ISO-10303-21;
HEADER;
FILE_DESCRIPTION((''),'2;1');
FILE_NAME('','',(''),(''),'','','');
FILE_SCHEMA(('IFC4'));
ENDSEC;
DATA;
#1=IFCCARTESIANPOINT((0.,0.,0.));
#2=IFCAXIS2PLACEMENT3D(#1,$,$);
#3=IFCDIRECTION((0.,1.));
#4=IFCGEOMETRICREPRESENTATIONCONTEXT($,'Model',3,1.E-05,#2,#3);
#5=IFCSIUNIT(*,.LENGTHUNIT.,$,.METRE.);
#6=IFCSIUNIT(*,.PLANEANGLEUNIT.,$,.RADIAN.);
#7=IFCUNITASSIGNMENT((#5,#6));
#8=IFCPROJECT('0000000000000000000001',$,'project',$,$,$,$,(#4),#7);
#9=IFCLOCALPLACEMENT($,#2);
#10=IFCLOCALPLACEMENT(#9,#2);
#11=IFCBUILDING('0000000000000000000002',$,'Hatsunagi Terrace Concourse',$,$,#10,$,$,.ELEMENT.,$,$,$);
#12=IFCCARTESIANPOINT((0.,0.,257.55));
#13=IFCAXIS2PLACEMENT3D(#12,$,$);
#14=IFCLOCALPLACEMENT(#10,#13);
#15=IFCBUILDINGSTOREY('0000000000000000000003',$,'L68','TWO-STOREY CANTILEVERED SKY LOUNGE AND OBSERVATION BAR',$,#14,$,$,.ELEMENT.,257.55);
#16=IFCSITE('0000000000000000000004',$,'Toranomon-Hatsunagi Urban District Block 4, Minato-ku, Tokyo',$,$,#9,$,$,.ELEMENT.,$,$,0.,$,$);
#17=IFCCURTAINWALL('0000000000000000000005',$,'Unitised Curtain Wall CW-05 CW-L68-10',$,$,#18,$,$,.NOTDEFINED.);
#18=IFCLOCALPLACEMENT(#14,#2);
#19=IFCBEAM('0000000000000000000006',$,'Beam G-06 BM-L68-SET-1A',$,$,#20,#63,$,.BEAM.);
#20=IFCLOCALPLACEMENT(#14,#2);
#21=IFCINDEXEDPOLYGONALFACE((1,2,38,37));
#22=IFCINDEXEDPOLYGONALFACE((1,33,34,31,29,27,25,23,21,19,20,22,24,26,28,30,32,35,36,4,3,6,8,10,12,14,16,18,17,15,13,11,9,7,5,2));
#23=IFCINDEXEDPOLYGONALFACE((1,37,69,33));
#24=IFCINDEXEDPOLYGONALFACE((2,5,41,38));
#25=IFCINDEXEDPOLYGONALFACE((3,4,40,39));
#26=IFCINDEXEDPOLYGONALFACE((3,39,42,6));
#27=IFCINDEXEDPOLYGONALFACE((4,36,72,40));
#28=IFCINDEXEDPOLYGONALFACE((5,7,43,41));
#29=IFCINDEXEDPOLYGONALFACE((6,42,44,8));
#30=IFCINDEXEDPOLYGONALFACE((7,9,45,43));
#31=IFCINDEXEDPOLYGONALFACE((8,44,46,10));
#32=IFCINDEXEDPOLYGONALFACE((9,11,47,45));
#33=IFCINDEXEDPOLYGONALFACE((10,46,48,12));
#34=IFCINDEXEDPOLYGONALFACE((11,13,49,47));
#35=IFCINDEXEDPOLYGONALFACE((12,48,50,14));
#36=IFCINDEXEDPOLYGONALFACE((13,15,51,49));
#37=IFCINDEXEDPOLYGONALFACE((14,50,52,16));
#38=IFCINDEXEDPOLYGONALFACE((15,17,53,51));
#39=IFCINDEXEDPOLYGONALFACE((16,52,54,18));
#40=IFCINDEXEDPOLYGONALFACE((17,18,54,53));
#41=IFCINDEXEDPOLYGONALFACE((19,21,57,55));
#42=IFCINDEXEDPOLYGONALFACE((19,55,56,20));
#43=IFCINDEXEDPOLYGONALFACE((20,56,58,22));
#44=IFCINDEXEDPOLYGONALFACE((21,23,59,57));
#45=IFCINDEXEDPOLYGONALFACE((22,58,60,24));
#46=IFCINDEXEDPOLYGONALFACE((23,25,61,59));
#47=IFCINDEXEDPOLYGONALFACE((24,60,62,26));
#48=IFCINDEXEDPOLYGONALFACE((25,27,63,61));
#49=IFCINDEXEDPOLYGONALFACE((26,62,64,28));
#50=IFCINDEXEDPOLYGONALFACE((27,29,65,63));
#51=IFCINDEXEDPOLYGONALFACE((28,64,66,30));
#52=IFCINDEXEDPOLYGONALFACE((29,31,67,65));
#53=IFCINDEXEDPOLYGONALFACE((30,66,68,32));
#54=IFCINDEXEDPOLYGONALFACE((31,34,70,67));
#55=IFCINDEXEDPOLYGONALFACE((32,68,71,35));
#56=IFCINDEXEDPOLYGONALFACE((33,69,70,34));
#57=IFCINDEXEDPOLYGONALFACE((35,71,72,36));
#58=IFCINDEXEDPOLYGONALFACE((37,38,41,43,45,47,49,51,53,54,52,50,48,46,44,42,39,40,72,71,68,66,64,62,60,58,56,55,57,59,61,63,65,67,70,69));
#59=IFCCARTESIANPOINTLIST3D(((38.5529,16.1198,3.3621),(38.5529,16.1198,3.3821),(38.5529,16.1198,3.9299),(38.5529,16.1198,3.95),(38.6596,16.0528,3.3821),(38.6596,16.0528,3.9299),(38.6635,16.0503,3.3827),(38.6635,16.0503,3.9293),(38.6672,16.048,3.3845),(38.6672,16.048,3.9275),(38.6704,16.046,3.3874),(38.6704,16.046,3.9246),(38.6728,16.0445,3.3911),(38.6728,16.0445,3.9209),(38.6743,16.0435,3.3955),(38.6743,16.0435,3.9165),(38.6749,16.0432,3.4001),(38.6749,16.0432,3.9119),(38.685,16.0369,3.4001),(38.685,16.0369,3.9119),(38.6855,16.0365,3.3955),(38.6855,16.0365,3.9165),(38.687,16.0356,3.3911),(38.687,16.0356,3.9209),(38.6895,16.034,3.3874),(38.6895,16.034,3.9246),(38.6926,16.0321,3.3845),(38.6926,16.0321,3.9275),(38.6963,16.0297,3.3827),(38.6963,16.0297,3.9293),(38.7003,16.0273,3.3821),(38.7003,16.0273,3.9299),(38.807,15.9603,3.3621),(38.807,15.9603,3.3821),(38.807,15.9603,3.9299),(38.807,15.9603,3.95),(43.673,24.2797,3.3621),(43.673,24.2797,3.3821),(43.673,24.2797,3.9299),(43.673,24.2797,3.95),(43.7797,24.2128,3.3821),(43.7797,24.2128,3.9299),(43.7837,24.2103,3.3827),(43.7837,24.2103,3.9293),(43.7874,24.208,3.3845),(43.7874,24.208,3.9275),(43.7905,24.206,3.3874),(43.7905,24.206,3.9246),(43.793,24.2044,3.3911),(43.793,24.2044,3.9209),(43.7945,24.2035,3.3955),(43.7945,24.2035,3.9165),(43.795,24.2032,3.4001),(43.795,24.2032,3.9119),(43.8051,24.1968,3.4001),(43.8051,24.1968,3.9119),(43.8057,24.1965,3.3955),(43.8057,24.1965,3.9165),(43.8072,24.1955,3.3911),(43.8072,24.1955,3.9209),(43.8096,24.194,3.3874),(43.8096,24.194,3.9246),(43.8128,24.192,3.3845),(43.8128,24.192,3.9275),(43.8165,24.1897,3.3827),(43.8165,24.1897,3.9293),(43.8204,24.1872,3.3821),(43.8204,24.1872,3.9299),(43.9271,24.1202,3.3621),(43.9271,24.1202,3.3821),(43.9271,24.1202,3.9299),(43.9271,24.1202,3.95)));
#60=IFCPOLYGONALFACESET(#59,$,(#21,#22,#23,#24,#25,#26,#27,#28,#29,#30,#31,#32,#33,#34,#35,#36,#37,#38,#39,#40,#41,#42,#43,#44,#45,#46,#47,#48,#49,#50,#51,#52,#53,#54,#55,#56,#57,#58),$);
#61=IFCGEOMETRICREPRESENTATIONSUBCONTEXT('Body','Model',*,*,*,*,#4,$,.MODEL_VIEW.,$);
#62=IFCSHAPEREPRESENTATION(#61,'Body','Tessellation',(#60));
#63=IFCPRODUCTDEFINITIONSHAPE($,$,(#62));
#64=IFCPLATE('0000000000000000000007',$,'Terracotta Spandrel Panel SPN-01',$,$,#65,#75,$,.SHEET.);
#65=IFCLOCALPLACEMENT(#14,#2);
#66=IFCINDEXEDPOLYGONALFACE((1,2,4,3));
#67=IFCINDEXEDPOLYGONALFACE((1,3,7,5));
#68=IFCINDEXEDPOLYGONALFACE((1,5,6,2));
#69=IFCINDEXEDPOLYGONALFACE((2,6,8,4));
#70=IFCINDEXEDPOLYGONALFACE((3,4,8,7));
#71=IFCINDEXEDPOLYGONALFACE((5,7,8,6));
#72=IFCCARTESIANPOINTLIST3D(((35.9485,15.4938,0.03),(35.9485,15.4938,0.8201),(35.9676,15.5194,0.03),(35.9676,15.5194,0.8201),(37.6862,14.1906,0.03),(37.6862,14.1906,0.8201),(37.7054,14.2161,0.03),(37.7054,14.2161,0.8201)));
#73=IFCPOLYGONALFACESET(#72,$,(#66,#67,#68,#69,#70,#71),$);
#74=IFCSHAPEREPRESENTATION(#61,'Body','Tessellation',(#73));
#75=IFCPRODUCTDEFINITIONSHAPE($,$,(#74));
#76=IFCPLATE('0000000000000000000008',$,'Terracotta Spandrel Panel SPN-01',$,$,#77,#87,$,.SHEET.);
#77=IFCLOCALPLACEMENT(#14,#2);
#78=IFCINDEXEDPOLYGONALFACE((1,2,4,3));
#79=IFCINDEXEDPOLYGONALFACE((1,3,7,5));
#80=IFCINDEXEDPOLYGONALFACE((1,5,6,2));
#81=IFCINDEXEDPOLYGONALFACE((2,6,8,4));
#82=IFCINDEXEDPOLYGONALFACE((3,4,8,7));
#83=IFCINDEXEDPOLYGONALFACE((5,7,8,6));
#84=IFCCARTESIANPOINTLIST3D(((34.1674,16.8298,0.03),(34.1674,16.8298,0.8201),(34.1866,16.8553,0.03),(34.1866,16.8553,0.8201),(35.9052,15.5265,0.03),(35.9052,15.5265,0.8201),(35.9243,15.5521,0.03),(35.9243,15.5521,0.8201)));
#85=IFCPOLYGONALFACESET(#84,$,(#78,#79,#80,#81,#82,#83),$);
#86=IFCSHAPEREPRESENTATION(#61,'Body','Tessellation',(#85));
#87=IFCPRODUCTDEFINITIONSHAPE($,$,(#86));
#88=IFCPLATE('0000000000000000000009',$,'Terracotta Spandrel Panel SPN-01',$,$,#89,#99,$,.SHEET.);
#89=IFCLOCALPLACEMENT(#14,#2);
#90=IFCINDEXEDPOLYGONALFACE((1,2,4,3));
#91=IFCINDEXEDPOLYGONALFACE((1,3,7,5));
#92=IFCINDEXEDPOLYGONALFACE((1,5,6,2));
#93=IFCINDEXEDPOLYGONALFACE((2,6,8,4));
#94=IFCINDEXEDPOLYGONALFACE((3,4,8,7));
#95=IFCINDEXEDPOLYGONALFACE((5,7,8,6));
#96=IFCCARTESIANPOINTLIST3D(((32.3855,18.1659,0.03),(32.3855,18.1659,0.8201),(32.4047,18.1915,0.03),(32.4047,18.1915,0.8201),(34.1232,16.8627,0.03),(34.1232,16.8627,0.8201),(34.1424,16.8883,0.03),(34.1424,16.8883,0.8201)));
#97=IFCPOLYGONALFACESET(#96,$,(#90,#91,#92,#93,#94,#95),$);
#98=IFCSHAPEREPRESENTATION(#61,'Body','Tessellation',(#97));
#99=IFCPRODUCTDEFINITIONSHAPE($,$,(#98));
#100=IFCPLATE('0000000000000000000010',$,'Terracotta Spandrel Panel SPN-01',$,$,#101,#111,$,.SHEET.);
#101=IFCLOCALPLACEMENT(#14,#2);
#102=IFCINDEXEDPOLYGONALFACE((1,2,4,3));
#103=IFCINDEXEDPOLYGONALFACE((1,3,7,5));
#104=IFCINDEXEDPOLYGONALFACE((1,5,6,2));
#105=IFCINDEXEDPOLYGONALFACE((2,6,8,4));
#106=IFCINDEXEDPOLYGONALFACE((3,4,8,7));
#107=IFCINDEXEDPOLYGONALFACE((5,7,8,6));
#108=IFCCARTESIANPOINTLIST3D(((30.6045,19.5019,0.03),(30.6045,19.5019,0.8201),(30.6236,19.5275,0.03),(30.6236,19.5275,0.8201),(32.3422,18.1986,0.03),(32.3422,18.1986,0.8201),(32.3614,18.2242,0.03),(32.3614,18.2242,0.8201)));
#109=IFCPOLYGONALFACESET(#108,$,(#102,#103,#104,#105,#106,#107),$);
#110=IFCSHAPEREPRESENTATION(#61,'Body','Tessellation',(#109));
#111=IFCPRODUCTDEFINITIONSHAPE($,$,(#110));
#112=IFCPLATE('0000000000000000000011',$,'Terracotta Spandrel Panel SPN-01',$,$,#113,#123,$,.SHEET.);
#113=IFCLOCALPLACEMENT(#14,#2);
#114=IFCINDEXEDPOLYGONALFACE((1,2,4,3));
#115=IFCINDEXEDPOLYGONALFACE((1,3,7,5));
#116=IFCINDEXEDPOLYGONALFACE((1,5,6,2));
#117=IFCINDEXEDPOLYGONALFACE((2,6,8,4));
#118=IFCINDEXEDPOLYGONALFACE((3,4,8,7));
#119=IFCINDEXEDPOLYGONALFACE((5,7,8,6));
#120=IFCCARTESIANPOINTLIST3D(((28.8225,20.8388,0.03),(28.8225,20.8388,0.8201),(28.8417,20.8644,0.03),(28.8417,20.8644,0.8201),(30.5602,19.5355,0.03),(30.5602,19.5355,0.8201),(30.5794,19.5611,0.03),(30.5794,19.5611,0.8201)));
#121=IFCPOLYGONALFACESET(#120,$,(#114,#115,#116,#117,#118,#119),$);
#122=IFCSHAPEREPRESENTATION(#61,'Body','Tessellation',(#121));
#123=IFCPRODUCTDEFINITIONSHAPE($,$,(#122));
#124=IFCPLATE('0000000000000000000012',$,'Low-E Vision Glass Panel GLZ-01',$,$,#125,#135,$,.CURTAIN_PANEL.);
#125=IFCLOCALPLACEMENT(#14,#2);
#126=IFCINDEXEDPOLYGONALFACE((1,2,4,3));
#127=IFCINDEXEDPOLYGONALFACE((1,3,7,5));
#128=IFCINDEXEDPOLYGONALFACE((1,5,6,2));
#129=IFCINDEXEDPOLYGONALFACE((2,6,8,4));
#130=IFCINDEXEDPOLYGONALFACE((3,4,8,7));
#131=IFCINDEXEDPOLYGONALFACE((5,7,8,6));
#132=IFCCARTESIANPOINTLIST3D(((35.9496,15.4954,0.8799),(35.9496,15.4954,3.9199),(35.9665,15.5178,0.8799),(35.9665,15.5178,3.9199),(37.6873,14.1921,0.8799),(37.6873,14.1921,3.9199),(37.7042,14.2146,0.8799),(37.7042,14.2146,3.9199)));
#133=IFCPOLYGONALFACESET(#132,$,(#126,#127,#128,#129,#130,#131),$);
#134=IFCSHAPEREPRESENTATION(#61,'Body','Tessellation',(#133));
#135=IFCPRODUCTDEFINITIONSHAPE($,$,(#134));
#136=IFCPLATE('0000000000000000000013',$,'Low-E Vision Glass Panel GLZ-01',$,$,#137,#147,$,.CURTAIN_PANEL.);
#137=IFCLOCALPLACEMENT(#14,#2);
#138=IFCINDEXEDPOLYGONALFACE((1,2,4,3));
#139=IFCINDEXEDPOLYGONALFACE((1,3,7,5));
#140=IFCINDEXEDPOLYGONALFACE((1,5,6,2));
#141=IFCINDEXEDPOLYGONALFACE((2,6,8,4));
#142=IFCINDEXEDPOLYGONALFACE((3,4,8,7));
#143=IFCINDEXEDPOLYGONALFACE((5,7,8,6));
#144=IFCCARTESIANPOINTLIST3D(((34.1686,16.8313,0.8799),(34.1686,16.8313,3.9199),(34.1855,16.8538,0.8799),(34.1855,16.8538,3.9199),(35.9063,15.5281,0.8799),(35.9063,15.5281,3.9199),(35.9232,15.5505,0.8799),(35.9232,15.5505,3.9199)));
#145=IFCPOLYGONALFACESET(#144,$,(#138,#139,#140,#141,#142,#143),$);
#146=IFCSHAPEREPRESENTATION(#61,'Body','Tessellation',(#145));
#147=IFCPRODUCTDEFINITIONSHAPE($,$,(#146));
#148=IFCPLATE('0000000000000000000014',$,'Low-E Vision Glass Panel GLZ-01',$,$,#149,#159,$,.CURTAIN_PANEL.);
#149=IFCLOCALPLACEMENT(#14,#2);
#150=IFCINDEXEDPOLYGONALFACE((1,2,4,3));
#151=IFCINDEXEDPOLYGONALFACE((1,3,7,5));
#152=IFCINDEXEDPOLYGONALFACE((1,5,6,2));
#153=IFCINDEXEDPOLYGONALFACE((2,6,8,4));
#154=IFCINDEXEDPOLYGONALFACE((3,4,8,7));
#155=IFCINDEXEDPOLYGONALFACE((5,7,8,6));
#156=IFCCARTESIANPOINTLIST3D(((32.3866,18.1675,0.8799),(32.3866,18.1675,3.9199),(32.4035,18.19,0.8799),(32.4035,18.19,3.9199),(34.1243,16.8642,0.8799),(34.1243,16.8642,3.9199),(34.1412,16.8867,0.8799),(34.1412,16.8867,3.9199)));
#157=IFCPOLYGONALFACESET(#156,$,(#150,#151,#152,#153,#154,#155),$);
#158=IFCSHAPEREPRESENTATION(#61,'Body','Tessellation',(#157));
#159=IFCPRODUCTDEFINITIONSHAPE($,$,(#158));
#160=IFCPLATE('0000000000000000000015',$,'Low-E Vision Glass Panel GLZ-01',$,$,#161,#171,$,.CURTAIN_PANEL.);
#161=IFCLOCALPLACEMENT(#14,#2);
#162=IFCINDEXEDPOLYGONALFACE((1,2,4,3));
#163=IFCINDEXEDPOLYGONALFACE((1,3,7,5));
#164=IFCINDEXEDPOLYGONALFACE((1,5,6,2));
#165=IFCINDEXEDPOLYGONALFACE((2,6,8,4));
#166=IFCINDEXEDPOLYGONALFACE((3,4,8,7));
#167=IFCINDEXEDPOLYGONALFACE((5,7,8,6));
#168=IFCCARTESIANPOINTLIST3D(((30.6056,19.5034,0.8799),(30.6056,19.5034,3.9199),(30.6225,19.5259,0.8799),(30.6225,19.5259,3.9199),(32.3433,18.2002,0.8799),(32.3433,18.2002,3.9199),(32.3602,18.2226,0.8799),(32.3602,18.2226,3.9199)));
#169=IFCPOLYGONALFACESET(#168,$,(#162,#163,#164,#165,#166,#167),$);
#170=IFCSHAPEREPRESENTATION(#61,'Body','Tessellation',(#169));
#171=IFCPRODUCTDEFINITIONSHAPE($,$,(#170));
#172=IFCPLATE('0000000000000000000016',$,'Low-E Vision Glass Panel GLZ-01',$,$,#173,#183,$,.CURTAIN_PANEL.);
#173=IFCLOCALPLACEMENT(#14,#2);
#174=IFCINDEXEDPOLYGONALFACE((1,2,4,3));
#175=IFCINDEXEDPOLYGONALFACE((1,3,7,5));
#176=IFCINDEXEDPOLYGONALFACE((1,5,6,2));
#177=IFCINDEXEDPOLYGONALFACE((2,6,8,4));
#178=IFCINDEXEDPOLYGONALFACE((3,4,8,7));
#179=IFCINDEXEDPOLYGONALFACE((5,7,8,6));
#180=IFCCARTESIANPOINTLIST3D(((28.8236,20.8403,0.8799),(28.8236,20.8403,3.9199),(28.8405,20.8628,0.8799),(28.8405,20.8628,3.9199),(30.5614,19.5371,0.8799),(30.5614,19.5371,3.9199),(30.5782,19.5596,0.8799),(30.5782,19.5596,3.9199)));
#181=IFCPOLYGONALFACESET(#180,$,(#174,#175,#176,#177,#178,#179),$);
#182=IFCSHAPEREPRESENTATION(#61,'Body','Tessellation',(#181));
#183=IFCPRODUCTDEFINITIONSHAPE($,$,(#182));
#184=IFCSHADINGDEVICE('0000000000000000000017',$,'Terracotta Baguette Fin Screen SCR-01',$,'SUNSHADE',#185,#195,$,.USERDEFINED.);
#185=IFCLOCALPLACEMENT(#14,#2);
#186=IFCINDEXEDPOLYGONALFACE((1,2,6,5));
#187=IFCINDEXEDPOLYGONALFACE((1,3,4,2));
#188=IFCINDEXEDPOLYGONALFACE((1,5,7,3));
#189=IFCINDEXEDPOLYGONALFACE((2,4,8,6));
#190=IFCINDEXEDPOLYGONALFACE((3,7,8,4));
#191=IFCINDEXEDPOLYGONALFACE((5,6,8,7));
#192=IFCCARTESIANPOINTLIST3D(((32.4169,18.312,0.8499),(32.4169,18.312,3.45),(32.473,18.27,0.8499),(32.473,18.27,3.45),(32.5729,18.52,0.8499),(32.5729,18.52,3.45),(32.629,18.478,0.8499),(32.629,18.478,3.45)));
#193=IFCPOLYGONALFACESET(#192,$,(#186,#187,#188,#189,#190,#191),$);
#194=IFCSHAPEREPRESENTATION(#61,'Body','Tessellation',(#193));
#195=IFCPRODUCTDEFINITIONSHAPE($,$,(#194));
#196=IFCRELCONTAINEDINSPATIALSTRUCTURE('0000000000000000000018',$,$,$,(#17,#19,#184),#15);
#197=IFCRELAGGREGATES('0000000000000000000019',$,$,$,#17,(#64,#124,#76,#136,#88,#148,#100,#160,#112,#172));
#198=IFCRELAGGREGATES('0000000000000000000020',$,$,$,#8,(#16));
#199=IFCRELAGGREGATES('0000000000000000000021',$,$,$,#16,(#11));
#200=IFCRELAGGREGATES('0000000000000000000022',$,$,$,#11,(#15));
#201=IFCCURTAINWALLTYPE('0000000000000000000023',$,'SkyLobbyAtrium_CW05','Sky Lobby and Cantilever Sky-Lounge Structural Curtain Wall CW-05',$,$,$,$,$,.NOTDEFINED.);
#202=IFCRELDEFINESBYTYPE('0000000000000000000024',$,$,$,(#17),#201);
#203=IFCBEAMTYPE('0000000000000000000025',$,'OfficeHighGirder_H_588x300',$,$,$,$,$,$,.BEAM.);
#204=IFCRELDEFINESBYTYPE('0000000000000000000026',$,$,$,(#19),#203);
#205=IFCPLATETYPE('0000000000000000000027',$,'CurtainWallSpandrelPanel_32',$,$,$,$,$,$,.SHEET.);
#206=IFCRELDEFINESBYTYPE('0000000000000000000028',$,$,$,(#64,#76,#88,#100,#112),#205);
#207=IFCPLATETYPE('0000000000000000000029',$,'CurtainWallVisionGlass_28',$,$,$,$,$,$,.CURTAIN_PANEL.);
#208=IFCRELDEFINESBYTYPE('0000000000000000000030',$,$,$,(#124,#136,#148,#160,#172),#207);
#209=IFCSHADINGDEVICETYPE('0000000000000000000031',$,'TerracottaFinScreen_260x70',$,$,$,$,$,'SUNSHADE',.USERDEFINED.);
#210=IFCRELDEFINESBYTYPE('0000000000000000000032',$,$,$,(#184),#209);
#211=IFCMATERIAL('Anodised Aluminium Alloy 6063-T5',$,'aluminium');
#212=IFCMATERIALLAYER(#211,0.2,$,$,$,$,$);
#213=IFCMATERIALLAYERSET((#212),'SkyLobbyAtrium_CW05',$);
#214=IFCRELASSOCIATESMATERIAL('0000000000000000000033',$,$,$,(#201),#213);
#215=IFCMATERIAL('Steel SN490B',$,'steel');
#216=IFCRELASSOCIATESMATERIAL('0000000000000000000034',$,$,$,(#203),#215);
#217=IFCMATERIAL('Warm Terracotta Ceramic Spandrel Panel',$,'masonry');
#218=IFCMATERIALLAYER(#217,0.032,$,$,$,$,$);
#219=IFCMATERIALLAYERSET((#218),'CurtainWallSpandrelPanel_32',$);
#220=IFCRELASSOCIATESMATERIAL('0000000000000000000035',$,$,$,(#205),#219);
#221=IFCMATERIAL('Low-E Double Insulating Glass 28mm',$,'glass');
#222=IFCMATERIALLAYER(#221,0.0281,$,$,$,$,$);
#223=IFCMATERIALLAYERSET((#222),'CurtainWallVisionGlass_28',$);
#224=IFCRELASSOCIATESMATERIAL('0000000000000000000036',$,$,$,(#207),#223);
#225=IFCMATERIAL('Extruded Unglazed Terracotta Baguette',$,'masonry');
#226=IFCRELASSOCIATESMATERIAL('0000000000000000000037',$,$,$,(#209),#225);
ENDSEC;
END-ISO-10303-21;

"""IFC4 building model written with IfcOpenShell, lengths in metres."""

from ifc_helpers import new_model, si_unit, direction, frame, origin, origin_2d, place, context, subcontext, project, spatial, rectangle, i_section, extrude, material, layer, layer_set, material_profile, profile_set, type_object, element, aggregate, save


model = new_model("IFC4")

# Units and contexts
model_context = context("Model", 3, precision=1e-05, world=origin(), true_north=direction((0.0, 1.0)))
body_context = subcontext(model_context, "Body", "Model", "MODEL_VIEW")
ifc_project = project(units=[si_unit("LENGTHUNIT", "METRE"), si_unit("PLANEANGLEUNIT", "RADIAN")], contexts=[model_context])

# Site, building, storey
site_placement = place(None, origin())
site = spatial("IfcSite", under=ifc_project, at=site_placement, Name="Toranomon-Hatsunagi Urban District Block 4, Minato-ku, Tokyo", CompositionType="ELEMENT", RefElevation=0.0)
building_placement = place(site_placement, origin())
building = spatial("IfcBuilding", under=site, at=building_placement, Name="Hatsunagi Terrace Concourse", CompositionType="ELEMENT")
storey_placement = place(building_placement, frame((0.0, 0.0, 257.55)))
storey = spatial("IfcBuildingStorey", under=building, at=storey_placement, Name="L68", Description="TWO-STOREY CANTILEVERED SKY LOUNGE AND OBSERVATION BAR", CompositionType="ELEMENT", Elevation=257.55)

# Curtain wall
ifc_material_1 = material(Name="Anodised Aluminium Alloy 6063-T5", Category="aluminium")
ifc_layer_1 = layer(ifc_material_1, 0.2)
ifc_layer_set_1 = layer_set([ifc_layer_1], Name="SkyLobbyAtrium_CW05")
curtain_wall_type = type_object("IfcCurtainWallType", Name="SkyLobbyAtrium_CW05", Description="Sky Lobby and Cantilever Sky-Lounge Structural Curtain Wall CW-05", PredefinedType="NOTDEFINED", material=ifc_layer_set_1)
curtain_wall_placement = place(storey_placement, origin())
curtain_wall = element("IfcCurtainWall", 1, at=curtain_wall_placement, inside=storey, type_object=curtain_wall_type, Name="Unitised Curtain Wall CW-05 CW-L68-10", PredefinedType="NOTDEFINED")

# Beam
ifc_material_2 = material(Name="Steel SN490B", Category="steel")
ifc_material_profile_1 = material_profile(ifc_material_2, i_section(OverallWidth=0.3, OverallDepth=0.5879, WebThickness=0.012, FlangeThickness=0.02, FilletRadius=0.0181, at=origin_2d()), Name="H-588x300x12x20")
ifc_profile_set_1 = profile_set([ifc_material_profile_1], Name="Steel SN490B")
beam_type = type_object("IfcBeamType", Name="OfficeHighGirder_H_588x300", PredefinedType="BEAM", material=ifc_profile_set_1)
beam_placement = place(storey_placement, frame((38.6799, 16.04, 3.656), z_axis=(0.531504, 0.847056, 0.0), x_axis=(-0.847056, 0.531504, 0.0)))
element("IfcBeam", 2, at=beam_placement, inside=storey, type_object=beam_type, Name="Beam G-06 BM-L68-SET-1A", PredefinedType="BEAM", context=body_context, shape_type="SweptSolid", body=[
    extrude(i_section(OverallWidth=0.3, OverallDepth=0.5879, WebThickness=0.012, FlangeThickness=0.02, FilletRadius=0.0181, at=origin_2d()), origin(), (0.0, 0.0, 1.0), 9.6333),
])

# Plates
ifc_material_3 = material(Name="Warm Terracotta Ceramic Spandrel Panel", Category="masonry")
ifc_layer_2 = layer(ifc_material_3, 0.032)
ifc_layer_set_2 = layer_set([ifc_layer_2], Name="CurtainWallSpandrelPanel_32")
plate_type_1 = type_object("IfcPlateType", Name="CurtainWallSpandrelPanel_32", PredefinedType="SHEET", material=ifc_layer_set_2)
plate_1_placement = place(storey_placement, frame((36.8269, 14.855, 0.03), z_axis=(0.0, 0.0, 1.0), x_axis=(-0.800007, 0.59999, 0.0)))
plate_1 = element("IfcPlate", 3, at=plate_1_placement, type_object=plate_type_1, Name="Terracotta Spandrel Panel SPN-01", PredefinedType="SHEET", context=body_context, shape_type="SweptSolid", body=[
    extrude(rectangle(XDim=2.1721, YDim=0.032, at=origin_2d()), origin(), (0.0, 0.0, 1.0), 0.79),
])
plate_2_placement = place(storey_placement, frame((35.0459, 16.1909, 0.03), z_axis=(0.0, 0.0, 1.0), x_axis=(-0.800007, 0.59999, 0.0)))
plate_2 = element("IfcPlate", 4, at=plate_2_placement, type_object=plate_type_1, Name="Terracotta Spandrel Panel SPN-01", PredefinedType="SHEET", context=body_context, shape_type="SweptSolid", body=[
    extrude(rectangle(XDim=2.1721, YDim=0.032, at=origin_2d()), origin(), (0.0, 0.0, 1.0), 0.79),
])
plate_3_placement = place(storey_placement, frame((33.2639, 17.5271, 0.03), z_axis=(0.0, 0.0, 1.0), x_axis=(-0.800007, 0.59999, 0.0)))
plate_3 = element("IfcPlate", 5, at=plate_3_placement, type_object=plate_type_1, Name="Terracotta Spandrel Panel SPN-01", PredefinedType="SHEET", context=body_context, shape_type="SweptSolid", body=[
    extrude(rectangle(XDim=2.1721, YDim=0.032, at=origin_2d()), origin(), (0.0, 0.0, 1.0), 0.79),
])
plate_4_placement = place(storey_placement, frame((31.4829, 18.863, 0.03), z_axis=(0.0, 0.0, 1.0), x_axis=(-0.800007, 0.59999, 0.0)))
plate_4 = element("IfcPlate", 6, at=plate_4_placement, type_object=plate_type_1, Name="Terracotta Spandrel Panel SPN-01", PredefinedType="SHEET", context=body_context, shape_type="SweptSolid", body=[
    extrude(rectangle(XDim=2.1721, YDim=0.032, at=origin_2d()), origin(), (0.0, 0.0, 1.0), 0.79),
])
plate_5_placement = place(storey_placement, frame((29.7009, 20.2, 0.03), z_axis=(0.0, 0.0, 1.0), x_axis=(-0.800007, 0.59999, 0.0)))
plate_5 = element("IfcPlate", 7, at=plate_5_placement, type_object=plate_type_1, Name="Terracotta Spandrel Panel SPN-01", PredefinedType="SHEET", context=body_context, shape_type="SweptSolid", body=[
    extrude(rectangle(XDim=2.1721, YDim=0.032, at=origin_2d()), origin(), (0.0, 0.0, 1.0), 0.79),
])
ifc_material_4 = material(Name="Low-E Double Insulating Glass 28mm", Category="glass")
ifc_layer_3 = layer(ifc_material_4, 0.0281)
ifc_layer_set_3 = layer_set([ifc_layer_3], Name="CurtainWallVisionGlass_28")
plate_type_2 = type_object("IfcPlateType", Name="CurtainWallVisionGlass_28", PredefinedType="CURTAIN_PANEL", material=ifc_layer_set_3)
plate_6_placement = place(storey_placement, frame((36.8269, 14.855, 0.8799), z_axis=(0.0, 0.0, 1.0), x_axis=(-0.800007, 0.59999, 0.0)))
plate_6 = element("IfcPlate", 8, at=plate_6_placement, type_object=plate_type_2, Name="Low-E Vision Glass Panel GLZ-01", PredefinedType="CURTAIN_PANEL", context=body_context, shape_type="SweptSolid", body=[
    extrude(rectangle(XDim=2.1721, YDim=0.0281, at=origin_2d()), origin(), (0.0, 0.0, 1.0), 3.04),
])
plate_7_placement = place(storey_placement, frame((35.0459, 16.1909, 0.8799), z_axis=(0.0, 0.0, 1.0), x_axis=(-0.800007, 0.59999, 0.0)))
plate_7 = element("IfcPlate", 9, at=plate_7_placement, type_object=plate_type_2, Name="Low-E Vision Glass Panel GLZ-01", PredefinedType="CURTAIN_PANEL", context=body_context, shape_type="SweptSolid", body=[
    extrude(rectangle(XDim=2.1721, YDim=0.0281, at=origin_2d()), origin(), (0.0, 0.0, 1.0), 3.04),
])
plate_8_placement = place(storey_placement, frame((33.2639, 17.5271, 0.8799), z_axis=(0.0, 0.0, 1.0), x_axis=(-0.800007, 0.59999, 0.0)))
plate_8 = element("IfcPlate", 10, at=plate_8_placement, type_object=plate_type_2, Name="Low-E Vision Glass Panel GLZ-01", PredefinedType="CURTAIN_PANEL", context=body_context, shape_type="SweptSolid", body=[
    extrude(rectangle(XDim=2.1721, YDim=0.0281, at=origin_2d()), origin(), (0.0, 0.0, 1.0), 3.04),
])
plate_9_placement = place(storey_placement, frame((31.4829, 18.863, 0.8799), z_axis=(0.0, 0.0, 1.0), x_axis=(-0.800007, 0.59999, 0.0)))
plate_9 = element("IfcPlate", 11, at=plate_9_placement, type_object=plate_type_2, Name="Low-E Vision Glass Panel GLZ-01", PredefinedType="CURTAIN_PANEL", context=body_context, shape_type="SweptSolid", body=[
    extrude(rectangle(XDim=2.1721, YDim=0.0281, at=origin_2d()), origin(), (0.0, 0.0, 1.0), 3.04),
])
plate_10_placement = place(storey_placement, frame((29.7009, 20.2, 0.8799), z_axis=(0.0, 0.0, 1.0), x_axis=(-0.800007, 0.59999, 0.0)))
plate_10 = element("IfcPlate", 12, at=plate_10_placement, type_object=plate_type_2, Name="Low-E Vision Glass Panel GLZ-01", PredefinedType="CURTAIN_PANEL", context=body_context, shape_type="SweptSolid", body=[
    extrude(rectangle(XDim=2.1721, YDim=0.0281, at=origin_2d()), origin(), (0.0, 0.0, 1.0), 3.04),
])
aggregate(curtain_wall, [plate_1, plate_6, plate_2, plate_7, plate_3, plate_8, plate_4, plate_9, plate_5, plate_10])

# Shading device
ifc_material_5 = material(Name="Extruded Unglazed Terracotta Baguette", Category="masonry")
shading_device_type = type_object("IfcShadingDeviceType", Name="TerracottaFinScreen_260x70", ElementType="SUNSHADE", PredefinedType="USERDEFINED", material=ifc_material_5)
shading_device_placement = place(storey_placement, frame((32.5229, 18.395, 0.8499), z_axis=(0.0, 0.0, 1.0), x_axis=(-0.800007, 0.59999, 0.0)))
element("IfcShadingDevice", 13, at=shading_device_placement, inside=storey, type_object=shading_device_type, Name="Terracotta Baguette Fin Screen SCR-01", ObjectType="SUNSHADE", PredefinedType="USERDEFINED", context=body_context, shape_type="SweptSolid", body=[
    extrude(rectangle(XDim=0.0701, YDim=0.26, at=origin_2d()), origin(), (0.0, 0.0, 1.0), 2.6001),
])

save(model, "model.ifc")
